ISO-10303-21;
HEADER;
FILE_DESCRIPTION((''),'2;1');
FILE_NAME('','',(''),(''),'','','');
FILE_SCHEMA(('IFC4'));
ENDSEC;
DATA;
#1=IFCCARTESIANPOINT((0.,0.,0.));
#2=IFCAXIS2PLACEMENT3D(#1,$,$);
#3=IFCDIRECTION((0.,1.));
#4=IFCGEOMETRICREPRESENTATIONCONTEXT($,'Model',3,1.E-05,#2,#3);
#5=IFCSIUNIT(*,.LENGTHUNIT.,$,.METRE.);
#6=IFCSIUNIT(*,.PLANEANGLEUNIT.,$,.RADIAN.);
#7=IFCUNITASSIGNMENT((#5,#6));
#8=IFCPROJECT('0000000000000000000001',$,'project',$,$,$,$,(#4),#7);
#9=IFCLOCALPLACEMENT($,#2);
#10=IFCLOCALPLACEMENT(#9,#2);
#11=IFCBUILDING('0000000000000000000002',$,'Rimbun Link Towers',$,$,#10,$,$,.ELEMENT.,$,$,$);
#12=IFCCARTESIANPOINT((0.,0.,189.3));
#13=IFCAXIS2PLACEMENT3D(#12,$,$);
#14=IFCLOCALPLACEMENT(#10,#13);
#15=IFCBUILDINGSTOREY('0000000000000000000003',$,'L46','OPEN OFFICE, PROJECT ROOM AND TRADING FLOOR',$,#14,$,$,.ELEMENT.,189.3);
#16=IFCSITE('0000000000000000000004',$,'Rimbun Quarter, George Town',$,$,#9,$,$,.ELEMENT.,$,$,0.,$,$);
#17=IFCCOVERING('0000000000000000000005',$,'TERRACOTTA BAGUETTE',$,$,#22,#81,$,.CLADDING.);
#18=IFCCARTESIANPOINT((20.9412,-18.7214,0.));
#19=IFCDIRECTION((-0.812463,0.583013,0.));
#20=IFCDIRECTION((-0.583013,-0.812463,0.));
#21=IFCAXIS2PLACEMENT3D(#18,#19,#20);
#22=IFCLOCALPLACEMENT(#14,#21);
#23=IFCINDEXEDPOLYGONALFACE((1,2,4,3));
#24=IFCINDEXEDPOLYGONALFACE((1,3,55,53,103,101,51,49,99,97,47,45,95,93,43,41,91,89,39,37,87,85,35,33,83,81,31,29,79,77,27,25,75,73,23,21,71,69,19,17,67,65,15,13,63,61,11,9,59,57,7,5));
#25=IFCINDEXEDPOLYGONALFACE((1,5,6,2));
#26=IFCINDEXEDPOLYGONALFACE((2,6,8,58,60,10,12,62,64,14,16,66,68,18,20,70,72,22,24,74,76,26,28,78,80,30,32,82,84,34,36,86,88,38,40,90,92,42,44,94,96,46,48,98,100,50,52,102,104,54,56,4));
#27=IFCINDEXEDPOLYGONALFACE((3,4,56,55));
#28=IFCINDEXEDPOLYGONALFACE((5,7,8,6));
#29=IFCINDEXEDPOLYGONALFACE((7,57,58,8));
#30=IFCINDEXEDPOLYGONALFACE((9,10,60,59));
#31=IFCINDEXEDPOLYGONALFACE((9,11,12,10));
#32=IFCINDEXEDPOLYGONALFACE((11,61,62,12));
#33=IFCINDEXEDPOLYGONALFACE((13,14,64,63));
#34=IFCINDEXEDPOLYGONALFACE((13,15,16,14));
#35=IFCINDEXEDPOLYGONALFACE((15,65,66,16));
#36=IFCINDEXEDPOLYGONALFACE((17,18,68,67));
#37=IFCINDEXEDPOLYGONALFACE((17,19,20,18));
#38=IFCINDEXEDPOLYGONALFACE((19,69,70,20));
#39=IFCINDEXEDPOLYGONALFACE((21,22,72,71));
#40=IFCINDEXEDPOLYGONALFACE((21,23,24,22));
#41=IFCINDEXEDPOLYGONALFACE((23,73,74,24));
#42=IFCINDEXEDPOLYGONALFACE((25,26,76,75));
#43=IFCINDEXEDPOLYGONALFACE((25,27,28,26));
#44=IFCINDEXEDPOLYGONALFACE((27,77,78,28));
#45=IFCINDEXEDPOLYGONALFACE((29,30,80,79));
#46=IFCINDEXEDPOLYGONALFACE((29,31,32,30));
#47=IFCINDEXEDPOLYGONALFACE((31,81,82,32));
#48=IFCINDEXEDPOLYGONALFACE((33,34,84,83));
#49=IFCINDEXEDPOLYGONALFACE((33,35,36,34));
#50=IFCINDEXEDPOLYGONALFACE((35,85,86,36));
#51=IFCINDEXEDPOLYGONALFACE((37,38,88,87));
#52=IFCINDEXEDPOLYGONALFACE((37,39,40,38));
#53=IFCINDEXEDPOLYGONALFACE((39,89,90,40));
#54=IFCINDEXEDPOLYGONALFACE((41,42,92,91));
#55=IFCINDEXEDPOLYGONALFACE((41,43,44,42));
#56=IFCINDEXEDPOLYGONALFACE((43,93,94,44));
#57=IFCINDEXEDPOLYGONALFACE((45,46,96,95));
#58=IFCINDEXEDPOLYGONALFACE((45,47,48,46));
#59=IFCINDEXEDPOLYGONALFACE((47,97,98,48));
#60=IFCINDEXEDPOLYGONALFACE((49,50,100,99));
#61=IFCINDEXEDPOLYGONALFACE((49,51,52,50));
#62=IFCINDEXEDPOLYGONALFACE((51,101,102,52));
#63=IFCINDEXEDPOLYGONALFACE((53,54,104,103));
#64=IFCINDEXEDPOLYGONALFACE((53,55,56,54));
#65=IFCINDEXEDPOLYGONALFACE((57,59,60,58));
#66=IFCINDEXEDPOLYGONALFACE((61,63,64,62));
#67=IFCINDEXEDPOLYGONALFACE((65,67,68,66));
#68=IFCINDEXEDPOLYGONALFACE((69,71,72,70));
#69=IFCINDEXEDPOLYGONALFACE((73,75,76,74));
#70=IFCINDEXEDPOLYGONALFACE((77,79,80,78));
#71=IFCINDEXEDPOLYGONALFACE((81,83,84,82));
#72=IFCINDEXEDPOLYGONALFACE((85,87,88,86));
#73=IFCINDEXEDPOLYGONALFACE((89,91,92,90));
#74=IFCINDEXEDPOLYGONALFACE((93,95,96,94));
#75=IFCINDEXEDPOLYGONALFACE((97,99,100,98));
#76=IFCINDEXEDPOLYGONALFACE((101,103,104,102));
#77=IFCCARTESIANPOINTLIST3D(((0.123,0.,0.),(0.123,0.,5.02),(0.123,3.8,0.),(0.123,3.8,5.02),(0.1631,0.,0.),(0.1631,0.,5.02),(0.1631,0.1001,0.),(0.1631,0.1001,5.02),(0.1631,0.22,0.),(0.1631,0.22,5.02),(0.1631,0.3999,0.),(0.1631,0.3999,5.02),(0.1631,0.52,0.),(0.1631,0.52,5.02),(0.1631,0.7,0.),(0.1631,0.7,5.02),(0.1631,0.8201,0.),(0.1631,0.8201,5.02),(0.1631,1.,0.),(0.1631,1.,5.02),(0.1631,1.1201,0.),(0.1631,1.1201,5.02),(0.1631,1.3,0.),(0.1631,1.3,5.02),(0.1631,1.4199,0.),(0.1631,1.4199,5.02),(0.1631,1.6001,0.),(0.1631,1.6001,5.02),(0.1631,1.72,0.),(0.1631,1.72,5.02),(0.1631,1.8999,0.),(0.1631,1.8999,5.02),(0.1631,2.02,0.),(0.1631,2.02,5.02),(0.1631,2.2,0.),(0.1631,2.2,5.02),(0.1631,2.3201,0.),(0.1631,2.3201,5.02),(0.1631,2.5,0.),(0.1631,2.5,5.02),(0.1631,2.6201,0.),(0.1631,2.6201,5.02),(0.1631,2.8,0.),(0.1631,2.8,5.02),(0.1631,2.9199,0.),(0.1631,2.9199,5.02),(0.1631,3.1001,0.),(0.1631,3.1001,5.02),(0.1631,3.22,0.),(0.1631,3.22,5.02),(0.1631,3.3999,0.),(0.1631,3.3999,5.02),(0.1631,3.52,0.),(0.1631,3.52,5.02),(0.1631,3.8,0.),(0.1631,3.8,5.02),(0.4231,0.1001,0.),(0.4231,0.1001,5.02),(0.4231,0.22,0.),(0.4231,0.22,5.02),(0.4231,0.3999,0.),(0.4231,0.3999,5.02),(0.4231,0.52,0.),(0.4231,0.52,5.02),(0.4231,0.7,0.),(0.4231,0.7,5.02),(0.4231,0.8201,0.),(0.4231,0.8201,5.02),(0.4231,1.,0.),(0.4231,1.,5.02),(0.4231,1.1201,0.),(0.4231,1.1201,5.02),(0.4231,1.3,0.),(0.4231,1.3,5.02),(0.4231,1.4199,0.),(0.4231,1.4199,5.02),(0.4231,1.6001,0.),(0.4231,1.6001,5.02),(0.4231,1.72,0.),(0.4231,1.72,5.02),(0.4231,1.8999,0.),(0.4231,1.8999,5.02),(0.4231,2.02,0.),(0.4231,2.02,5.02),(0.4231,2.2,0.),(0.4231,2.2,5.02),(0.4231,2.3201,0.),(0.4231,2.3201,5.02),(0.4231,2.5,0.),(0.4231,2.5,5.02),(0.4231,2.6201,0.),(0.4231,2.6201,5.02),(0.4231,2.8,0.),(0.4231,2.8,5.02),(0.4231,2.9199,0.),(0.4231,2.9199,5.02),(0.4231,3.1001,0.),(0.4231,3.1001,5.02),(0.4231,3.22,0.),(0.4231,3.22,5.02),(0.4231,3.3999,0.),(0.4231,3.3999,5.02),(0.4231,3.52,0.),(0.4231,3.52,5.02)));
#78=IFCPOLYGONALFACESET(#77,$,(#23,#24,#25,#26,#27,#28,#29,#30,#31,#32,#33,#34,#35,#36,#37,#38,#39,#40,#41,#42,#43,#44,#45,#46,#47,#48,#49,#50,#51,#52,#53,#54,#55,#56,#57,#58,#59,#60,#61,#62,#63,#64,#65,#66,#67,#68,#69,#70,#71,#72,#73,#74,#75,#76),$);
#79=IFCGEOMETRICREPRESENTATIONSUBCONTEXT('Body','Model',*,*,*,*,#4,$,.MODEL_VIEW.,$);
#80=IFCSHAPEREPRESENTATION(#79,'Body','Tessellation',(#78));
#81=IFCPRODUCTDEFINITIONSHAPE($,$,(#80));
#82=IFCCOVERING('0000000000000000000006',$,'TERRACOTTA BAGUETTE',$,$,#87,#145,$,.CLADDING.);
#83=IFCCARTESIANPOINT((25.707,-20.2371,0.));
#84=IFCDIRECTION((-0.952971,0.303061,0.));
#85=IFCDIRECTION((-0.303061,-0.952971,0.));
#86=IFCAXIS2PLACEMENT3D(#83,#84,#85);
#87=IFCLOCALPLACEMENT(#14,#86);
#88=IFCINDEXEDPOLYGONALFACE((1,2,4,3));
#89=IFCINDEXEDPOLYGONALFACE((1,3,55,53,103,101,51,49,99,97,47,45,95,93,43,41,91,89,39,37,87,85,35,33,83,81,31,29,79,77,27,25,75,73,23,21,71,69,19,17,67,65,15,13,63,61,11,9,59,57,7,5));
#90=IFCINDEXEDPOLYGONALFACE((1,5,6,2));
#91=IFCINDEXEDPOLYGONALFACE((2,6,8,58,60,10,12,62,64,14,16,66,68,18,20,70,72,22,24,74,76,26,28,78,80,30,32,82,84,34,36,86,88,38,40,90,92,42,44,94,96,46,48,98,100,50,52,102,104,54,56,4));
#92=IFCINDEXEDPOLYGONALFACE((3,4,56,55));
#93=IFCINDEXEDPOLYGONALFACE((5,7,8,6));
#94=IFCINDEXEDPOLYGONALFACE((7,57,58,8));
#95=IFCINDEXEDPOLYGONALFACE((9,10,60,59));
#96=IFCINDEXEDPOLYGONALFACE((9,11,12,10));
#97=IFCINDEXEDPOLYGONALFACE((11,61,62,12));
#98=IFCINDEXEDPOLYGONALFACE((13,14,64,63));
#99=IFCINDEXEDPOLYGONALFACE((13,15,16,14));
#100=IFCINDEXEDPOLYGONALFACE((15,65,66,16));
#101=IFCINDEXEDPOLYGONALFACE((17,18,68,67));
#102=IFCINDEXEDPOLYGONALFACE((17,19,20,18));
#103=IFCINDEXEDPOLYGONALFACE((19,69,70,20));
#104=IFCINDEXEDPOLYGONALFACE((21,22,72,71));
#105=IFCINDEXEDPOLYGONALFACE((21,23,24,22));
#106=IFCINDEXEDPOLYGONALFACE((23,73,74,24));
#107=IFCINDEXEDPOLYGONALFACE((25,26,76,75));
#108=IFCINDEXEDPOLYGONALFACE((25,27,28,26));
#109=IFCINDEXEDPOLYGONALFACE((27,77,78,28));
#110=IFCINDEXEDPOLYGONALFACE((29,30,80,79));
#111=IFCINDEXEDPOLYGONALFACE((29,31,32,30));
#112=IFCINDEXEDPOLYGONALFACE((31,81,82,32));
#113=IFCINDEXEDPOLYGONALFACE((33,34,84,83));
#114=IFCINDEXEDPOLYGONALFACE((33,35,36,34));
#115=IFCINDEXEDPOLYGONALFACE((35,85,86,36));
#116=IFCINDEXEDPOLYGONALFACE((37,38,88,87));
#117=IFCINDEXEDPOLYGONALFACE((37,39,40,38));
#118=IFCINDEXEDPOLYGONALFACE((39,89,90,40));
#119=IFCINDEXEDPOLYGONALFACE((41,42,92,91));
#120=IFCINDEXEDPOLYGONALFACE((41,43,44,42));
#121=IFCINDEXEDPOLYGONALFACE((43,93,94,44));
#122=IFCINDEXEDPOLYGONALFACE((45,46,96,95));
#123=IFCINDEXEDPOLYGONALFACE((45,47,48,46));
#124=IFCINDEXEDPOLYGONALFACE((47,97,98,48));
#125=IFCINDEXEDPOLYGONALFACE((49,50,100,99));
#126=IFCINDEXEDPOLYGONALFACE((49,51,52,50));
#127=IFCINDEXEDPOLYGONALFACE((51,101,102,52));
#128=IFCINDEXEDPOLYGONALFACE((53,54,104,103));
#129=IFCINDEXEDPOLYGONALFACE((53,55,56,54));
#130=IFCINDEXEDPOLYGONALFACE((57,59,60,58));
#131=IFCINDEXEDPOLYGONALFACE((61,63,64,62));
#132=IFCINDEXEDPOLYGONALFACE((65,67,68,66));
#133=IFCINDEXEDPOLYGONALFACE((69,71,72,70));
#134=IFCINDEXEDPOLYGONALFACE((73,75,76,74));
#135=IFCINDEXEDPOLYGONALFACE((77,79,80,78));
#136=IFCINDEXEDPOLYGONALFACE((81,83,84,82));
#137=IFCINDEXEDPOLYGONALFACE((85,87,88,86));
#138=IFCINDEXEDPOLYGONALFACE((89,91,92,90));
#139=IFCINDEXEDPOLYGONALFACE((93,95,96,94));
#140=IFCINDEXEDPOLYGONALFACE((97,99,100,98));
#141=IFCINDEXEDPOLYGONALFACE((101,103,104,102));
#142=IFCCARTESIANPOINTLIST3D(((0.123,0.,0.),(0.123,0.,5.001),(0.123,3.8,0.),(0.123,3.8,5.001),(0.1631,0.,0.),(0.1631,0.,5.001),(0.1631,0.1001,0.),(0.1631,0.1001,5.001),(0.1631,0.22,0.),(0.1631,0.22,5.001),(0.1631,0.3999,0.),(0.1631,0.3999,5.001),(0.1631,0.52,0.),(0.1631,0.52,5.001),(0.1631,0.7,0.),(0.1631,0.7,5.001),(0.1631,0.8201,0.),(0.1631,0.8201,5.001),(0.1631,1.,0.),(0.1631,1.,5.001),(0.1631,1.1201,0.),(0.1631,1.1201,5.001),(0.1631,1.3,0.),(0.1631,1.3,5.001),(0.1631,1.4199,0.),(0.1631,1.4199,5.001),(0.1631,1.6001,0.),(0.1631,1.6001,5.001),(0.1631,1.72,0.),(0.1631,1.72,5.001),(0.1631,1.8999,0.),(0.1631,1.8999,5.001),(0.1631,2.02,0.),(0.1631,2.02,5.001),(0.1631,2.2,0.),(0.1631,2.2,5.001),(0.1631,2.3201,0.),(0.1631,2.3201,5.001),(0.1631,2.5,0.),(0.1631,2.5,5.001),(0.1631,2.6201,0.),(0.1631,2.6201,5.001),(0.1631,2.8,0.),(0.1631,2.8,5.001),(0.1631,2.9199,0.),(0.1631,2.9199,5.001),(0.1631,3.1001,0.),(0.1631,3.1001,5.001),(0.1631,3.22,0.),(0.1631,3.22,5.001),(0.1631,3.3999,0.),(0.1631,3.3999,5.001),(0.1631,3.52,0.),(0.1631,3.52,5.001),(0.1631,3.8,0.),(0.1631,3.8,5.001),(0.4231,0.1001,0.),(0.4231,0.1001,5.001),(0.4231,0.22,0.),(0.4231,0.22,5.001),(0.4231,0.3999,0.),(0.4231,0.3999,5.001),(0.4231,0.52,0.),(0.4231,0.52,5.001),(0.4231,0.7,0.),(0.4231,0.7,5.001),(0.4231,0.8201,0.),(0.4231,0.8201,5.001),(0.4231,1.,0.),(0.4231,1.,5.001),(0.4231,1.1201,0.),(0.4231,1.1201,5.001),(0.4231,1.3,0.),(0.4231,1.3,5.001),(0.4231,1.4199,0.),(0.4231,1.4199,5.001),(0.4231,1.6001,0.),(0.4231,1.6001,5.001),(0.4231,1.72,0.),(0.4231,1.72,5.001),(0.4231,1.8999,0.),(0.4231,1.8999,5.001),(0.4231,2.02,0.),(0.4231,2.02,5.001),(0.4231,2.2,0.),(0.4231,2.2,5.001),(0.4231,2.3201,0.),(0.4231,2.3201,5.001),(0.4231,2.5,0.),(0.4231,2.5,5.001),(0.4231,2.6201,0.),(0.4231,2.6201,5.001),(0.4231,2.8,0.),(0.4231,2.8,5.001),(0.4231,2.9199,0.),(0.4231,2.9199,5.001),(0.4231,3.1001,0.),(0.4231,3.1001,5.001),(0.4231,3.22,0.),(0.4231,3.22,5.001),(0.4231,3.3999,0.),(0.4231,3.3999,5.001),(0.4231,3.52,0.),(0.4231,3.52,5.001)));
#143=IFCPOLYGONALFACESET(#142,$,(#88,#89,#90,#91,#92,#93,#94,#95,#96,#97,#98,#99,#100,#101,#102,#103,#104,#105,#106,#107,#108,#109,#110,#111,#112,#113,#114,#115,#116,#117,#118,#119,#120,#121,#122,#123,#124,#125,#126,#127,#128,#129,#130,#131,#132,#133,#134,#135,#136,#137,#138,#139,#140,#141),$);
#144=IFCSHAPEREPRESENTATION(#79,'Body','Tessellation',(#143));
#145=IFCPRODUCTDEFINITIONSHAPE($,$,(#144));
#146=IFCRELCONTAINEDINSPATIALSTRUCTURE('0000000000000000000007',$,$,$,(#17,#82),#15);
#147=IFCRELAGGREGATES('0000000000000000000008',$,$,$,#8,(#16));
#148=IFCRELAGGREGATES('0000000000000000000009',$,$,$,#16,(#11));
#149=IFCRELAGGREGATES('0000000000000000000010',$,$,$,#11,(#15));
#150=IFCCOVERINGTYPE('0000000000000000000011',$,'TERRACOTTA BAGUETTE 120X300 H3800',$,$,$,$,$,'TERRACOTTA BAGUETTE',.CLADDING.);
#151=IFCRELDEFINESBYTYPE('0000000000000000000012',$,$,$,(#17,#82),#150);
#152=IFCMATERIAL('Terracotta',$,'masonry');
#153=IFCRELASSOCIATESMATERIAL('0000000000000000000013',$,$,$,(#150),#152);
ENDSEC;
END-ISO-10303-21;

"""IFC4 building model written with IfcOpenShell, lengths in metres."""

from ifc_helpers import new_model, si_unit, direction, frame, origin, place, context, subcontext, project, spatial, polyline, outline, extrude, material, material_profile, profile_set, type_object, element, save


model = new_model("IFC4")

# Units and contexts
model_context = context("Model", 3, precision=1e-05, world=origin(), true_north=direction((0.0, 1.0)))
body_context = subcontext(model_context, "Body", "Model", "MODEL_VIEW")
ifc_project = project(units=[si_unit("LENGTHUNIT", "METRE"), si_unit("PLANEANGLEUNIT", "RADIAN")], contexts=[model_context])

# Site, building, storey
site_placement = place(None, origin())
site = spatial("IfcSite", under=ifc_project, at=site_placement, Name="Rimbun Quarter, George Town", CompositionType="ELEMENT", RefElevation=0.0)
building_placement = place(site_placement, origin())
building = spatial("IfcBuilding", under=site, at=building_placement, Name="Rimbun Link Towers", CompositionType="ELEMENT")
storey_placement = place(building_placement, frame((0.0, 0.0, 189.3)))
storey = spatial("IfcBuildingStorey", under=building, at=storey_placement, Name="L46", Description="OPEN OFFICE, PROJECT ROOM AND TRADING FLOOR", CompositionType="ELEMENT", Elevation=189.3)

# Coverings
ifc_material_1 = material(Name="Terracotta", Category="masonry")
ifc_material_profile_1 = material_profile(ifc_material_1, outline(polyline([(0.123, 0.0), (0.1631, 0.0), (0.1631, 0.1001), (0.4231, 0.1001), (0.4231, 0.22), (0.1631, 0.22), (0.1631, 0.3999), (0.4231, 0.3999), (0.4231, 0.52), (0.1631, 0.52), (0.1631, 0.7), (0.4231, 0.7), (0.4231, 0.8201), (0.1631, 0.8201), (0.1631, 1.0), (0.4231, 1.0), (0.4231, 1.1201), (0.1631, 1.1201), (0.1631, 1.3), (0.4231, 1.3), (0.4231, 1.4199), (0.1631, 1.4199), (0.1631, 1.6001), (0.4231, 1.6001), (0.4231, 1.72), (0.1631, 1.72), (0.1631, 1.8999), (0.4231, 1.8999), (0.4231, 2.02), (0.1631, 2.02), (0.1631, 2.2), (0.4231, 2.2), (0.4231, 2.3201), (0.1631, 2.3201), (0.1631, 2.5), (0.4231, 2.5), (0.4231, 2.6201), (0.1631, 2.6201), (0.1631, 2.8), (0.4231, 2.8), (0.4231, 2.9199), (0.1631, 2.9199), (0.1631, 3.1001), (0.4231, 3.1001), (0.4231, 3.22), (0.1631, 3.22), (0.1631, 3.3999), (0.4231, 3.3999), (0.4231, 3.52), (0.1631, 3.52), (0.1631, 3.8), (0.123, 3.8), (0.123, 0.0)])), Name="BAGUETTE 120X300")
ifc_profile_set_1 = profile_set([ifc_material_profile_1], Name="Terracotta")
covering_type = type_object("IfcCoveringType", Name="TERRACOTTA BAGUETTE 120X300 H3800", ElementType="TERRACOTTA BAGUETTE", PredefinedType="CLADDING", material=ifc_profile_set_1)
covering_1_placement = place(storey_placement, frame((20.9412, -18.7214, 0.0), z_axis=(-0.812463, 0.583013, 0.0), x_axis=(-0.583013, -0.812463, 0.0)))
element("IfcCovering", 1, at=covering_1_placement, inside=storey, type_object=covering_type, Name="TERRACOTTA BAGUETTE", PredefinedType="CLADDING", context=body_context, shape_type="SweptSolid", body=[
    extrude(outline(polyline([(0.123, 0.0), (0.1631, 0.0), (0.1631, 0.1001), (0.4231, 0.1001), (0.4231, 0.22), (0.1631, 0.22), (0.1631, 0.3999), (0.4231, 0.3999), (0.4231, 0.52), (0.1631, 0.52), (0.1631, 0.7), (0.4231, 0.7), (0.4231, 0.8201), (0.1631, 0.8201), (0.1631, 1.0), (0.4231, 1.0), (0.4231, 1.1201), (0.1631, 1.1201), (0.1631, 1.3), (0.4231, 1.3), (0.4231, 1.4199), (0.1631, 1.4199), (0.1631, 1.6001), (0.4231, 1.6001), (0.4231, 1.72), (0.1631, 1.72), (0.1631, 1.8999), (0.4231, 1.8999), (0.4231, 2.02), (0.1631, 2.02), (0.1631, 2.2), (0.4231, 2.2), (0.4231, 2.3201), (0.1631, 2.3201), (0.1631, 2.5), (0.4231, 2.5), (0.4231, 2.6201), (0.1631, 2.6201), (0.1631, 2.8), (0.4231, 2.8), (0.4231, 2.9199), (0.1631, 2.9199), (0.1631, 3.1001), (0.4231, 3.1001), (0.4231, 3.22), (0.1631, 3.22), (0.1631, 3.3999), (0.4231, 3.3999), (0.4231, 3.52), (0.1631, 3.52), (0.1631, 3.8), (0.123, 3.8), (0.123, 0.0)])), origin(), (0.0, 0.0, 1.0), 5.02),
])
covering_2_placement = place(storey_placement, frame((25.707, -20.2371, 0.0), z_axis=(-0.952971, 0.303061, 0.0), x_axis=(-0.303061, -0.952971, 0.0)))
element("IfcCovering", 2, at=covering_2_placement, inside=storey, type_object=covering_type, Name="TERRACOTTA BAGUETTE", PredefinedType="CLADDING", context=body_context, shape_type="SweptSolid", body=[
    extrude(outline(polyline([(0.123, 0.0), (0.1631, 0.0), (0.1631, 0.1001), (0.4231, 0.1001), (0.4231, 0.22), (0.1631, 0.22), (0.1631, 0.3999), (0.4231, 0.3999), (0.4231, 0.52), (0.1631, 0.52), (0.1631, 0.7), (0.4231, 0.7), (0.4231, 0.8201), (0.1631, 0.8201), (0.1631, 1.0), (0.4231, 1.0), (0.4231, 1.1201), (0.1631, 1.1201), (0.1631, 1.3), (0.4231, 1.3), (0.4231, 1.4199), (0.1631, 1.4199), (0.1631, 1.6001), (0.4231, 1.6001), (0.4231, 1.72), (0.1631, 1.72), (0.1631, 1.8999), (0.4231, 1.8999), (0.4231, 2.02), (0.1631, 2.02), (0.1631, 2.2), (0.4231, 2.2), (0.4231, 2.3201), (0.1631, 2.3201), (0.1631, 2.5), (0.4231, 2.5), (0.4231, 2.6201), (0.1631, 2.6201), (0.1631, 2.8), (0.4231, 2.8), (0.4231, 2.9199), (0.1631, 2.9199), (0.1631, 3.1001), (0.4231, 3.1001), (0.4231, 3.22), (0.1631, 3.22), (0.1631, 3.3999), (0.4231, 3.3999), (0.4231, 3.52), (0.1631, 3.52), (0.1631, 3.8), (0.123, 3.8), (0.123, 0.0)])), origin(), (0.0, 0.0, 1.0), 5.001),
])

save(model, "model.ifc")
